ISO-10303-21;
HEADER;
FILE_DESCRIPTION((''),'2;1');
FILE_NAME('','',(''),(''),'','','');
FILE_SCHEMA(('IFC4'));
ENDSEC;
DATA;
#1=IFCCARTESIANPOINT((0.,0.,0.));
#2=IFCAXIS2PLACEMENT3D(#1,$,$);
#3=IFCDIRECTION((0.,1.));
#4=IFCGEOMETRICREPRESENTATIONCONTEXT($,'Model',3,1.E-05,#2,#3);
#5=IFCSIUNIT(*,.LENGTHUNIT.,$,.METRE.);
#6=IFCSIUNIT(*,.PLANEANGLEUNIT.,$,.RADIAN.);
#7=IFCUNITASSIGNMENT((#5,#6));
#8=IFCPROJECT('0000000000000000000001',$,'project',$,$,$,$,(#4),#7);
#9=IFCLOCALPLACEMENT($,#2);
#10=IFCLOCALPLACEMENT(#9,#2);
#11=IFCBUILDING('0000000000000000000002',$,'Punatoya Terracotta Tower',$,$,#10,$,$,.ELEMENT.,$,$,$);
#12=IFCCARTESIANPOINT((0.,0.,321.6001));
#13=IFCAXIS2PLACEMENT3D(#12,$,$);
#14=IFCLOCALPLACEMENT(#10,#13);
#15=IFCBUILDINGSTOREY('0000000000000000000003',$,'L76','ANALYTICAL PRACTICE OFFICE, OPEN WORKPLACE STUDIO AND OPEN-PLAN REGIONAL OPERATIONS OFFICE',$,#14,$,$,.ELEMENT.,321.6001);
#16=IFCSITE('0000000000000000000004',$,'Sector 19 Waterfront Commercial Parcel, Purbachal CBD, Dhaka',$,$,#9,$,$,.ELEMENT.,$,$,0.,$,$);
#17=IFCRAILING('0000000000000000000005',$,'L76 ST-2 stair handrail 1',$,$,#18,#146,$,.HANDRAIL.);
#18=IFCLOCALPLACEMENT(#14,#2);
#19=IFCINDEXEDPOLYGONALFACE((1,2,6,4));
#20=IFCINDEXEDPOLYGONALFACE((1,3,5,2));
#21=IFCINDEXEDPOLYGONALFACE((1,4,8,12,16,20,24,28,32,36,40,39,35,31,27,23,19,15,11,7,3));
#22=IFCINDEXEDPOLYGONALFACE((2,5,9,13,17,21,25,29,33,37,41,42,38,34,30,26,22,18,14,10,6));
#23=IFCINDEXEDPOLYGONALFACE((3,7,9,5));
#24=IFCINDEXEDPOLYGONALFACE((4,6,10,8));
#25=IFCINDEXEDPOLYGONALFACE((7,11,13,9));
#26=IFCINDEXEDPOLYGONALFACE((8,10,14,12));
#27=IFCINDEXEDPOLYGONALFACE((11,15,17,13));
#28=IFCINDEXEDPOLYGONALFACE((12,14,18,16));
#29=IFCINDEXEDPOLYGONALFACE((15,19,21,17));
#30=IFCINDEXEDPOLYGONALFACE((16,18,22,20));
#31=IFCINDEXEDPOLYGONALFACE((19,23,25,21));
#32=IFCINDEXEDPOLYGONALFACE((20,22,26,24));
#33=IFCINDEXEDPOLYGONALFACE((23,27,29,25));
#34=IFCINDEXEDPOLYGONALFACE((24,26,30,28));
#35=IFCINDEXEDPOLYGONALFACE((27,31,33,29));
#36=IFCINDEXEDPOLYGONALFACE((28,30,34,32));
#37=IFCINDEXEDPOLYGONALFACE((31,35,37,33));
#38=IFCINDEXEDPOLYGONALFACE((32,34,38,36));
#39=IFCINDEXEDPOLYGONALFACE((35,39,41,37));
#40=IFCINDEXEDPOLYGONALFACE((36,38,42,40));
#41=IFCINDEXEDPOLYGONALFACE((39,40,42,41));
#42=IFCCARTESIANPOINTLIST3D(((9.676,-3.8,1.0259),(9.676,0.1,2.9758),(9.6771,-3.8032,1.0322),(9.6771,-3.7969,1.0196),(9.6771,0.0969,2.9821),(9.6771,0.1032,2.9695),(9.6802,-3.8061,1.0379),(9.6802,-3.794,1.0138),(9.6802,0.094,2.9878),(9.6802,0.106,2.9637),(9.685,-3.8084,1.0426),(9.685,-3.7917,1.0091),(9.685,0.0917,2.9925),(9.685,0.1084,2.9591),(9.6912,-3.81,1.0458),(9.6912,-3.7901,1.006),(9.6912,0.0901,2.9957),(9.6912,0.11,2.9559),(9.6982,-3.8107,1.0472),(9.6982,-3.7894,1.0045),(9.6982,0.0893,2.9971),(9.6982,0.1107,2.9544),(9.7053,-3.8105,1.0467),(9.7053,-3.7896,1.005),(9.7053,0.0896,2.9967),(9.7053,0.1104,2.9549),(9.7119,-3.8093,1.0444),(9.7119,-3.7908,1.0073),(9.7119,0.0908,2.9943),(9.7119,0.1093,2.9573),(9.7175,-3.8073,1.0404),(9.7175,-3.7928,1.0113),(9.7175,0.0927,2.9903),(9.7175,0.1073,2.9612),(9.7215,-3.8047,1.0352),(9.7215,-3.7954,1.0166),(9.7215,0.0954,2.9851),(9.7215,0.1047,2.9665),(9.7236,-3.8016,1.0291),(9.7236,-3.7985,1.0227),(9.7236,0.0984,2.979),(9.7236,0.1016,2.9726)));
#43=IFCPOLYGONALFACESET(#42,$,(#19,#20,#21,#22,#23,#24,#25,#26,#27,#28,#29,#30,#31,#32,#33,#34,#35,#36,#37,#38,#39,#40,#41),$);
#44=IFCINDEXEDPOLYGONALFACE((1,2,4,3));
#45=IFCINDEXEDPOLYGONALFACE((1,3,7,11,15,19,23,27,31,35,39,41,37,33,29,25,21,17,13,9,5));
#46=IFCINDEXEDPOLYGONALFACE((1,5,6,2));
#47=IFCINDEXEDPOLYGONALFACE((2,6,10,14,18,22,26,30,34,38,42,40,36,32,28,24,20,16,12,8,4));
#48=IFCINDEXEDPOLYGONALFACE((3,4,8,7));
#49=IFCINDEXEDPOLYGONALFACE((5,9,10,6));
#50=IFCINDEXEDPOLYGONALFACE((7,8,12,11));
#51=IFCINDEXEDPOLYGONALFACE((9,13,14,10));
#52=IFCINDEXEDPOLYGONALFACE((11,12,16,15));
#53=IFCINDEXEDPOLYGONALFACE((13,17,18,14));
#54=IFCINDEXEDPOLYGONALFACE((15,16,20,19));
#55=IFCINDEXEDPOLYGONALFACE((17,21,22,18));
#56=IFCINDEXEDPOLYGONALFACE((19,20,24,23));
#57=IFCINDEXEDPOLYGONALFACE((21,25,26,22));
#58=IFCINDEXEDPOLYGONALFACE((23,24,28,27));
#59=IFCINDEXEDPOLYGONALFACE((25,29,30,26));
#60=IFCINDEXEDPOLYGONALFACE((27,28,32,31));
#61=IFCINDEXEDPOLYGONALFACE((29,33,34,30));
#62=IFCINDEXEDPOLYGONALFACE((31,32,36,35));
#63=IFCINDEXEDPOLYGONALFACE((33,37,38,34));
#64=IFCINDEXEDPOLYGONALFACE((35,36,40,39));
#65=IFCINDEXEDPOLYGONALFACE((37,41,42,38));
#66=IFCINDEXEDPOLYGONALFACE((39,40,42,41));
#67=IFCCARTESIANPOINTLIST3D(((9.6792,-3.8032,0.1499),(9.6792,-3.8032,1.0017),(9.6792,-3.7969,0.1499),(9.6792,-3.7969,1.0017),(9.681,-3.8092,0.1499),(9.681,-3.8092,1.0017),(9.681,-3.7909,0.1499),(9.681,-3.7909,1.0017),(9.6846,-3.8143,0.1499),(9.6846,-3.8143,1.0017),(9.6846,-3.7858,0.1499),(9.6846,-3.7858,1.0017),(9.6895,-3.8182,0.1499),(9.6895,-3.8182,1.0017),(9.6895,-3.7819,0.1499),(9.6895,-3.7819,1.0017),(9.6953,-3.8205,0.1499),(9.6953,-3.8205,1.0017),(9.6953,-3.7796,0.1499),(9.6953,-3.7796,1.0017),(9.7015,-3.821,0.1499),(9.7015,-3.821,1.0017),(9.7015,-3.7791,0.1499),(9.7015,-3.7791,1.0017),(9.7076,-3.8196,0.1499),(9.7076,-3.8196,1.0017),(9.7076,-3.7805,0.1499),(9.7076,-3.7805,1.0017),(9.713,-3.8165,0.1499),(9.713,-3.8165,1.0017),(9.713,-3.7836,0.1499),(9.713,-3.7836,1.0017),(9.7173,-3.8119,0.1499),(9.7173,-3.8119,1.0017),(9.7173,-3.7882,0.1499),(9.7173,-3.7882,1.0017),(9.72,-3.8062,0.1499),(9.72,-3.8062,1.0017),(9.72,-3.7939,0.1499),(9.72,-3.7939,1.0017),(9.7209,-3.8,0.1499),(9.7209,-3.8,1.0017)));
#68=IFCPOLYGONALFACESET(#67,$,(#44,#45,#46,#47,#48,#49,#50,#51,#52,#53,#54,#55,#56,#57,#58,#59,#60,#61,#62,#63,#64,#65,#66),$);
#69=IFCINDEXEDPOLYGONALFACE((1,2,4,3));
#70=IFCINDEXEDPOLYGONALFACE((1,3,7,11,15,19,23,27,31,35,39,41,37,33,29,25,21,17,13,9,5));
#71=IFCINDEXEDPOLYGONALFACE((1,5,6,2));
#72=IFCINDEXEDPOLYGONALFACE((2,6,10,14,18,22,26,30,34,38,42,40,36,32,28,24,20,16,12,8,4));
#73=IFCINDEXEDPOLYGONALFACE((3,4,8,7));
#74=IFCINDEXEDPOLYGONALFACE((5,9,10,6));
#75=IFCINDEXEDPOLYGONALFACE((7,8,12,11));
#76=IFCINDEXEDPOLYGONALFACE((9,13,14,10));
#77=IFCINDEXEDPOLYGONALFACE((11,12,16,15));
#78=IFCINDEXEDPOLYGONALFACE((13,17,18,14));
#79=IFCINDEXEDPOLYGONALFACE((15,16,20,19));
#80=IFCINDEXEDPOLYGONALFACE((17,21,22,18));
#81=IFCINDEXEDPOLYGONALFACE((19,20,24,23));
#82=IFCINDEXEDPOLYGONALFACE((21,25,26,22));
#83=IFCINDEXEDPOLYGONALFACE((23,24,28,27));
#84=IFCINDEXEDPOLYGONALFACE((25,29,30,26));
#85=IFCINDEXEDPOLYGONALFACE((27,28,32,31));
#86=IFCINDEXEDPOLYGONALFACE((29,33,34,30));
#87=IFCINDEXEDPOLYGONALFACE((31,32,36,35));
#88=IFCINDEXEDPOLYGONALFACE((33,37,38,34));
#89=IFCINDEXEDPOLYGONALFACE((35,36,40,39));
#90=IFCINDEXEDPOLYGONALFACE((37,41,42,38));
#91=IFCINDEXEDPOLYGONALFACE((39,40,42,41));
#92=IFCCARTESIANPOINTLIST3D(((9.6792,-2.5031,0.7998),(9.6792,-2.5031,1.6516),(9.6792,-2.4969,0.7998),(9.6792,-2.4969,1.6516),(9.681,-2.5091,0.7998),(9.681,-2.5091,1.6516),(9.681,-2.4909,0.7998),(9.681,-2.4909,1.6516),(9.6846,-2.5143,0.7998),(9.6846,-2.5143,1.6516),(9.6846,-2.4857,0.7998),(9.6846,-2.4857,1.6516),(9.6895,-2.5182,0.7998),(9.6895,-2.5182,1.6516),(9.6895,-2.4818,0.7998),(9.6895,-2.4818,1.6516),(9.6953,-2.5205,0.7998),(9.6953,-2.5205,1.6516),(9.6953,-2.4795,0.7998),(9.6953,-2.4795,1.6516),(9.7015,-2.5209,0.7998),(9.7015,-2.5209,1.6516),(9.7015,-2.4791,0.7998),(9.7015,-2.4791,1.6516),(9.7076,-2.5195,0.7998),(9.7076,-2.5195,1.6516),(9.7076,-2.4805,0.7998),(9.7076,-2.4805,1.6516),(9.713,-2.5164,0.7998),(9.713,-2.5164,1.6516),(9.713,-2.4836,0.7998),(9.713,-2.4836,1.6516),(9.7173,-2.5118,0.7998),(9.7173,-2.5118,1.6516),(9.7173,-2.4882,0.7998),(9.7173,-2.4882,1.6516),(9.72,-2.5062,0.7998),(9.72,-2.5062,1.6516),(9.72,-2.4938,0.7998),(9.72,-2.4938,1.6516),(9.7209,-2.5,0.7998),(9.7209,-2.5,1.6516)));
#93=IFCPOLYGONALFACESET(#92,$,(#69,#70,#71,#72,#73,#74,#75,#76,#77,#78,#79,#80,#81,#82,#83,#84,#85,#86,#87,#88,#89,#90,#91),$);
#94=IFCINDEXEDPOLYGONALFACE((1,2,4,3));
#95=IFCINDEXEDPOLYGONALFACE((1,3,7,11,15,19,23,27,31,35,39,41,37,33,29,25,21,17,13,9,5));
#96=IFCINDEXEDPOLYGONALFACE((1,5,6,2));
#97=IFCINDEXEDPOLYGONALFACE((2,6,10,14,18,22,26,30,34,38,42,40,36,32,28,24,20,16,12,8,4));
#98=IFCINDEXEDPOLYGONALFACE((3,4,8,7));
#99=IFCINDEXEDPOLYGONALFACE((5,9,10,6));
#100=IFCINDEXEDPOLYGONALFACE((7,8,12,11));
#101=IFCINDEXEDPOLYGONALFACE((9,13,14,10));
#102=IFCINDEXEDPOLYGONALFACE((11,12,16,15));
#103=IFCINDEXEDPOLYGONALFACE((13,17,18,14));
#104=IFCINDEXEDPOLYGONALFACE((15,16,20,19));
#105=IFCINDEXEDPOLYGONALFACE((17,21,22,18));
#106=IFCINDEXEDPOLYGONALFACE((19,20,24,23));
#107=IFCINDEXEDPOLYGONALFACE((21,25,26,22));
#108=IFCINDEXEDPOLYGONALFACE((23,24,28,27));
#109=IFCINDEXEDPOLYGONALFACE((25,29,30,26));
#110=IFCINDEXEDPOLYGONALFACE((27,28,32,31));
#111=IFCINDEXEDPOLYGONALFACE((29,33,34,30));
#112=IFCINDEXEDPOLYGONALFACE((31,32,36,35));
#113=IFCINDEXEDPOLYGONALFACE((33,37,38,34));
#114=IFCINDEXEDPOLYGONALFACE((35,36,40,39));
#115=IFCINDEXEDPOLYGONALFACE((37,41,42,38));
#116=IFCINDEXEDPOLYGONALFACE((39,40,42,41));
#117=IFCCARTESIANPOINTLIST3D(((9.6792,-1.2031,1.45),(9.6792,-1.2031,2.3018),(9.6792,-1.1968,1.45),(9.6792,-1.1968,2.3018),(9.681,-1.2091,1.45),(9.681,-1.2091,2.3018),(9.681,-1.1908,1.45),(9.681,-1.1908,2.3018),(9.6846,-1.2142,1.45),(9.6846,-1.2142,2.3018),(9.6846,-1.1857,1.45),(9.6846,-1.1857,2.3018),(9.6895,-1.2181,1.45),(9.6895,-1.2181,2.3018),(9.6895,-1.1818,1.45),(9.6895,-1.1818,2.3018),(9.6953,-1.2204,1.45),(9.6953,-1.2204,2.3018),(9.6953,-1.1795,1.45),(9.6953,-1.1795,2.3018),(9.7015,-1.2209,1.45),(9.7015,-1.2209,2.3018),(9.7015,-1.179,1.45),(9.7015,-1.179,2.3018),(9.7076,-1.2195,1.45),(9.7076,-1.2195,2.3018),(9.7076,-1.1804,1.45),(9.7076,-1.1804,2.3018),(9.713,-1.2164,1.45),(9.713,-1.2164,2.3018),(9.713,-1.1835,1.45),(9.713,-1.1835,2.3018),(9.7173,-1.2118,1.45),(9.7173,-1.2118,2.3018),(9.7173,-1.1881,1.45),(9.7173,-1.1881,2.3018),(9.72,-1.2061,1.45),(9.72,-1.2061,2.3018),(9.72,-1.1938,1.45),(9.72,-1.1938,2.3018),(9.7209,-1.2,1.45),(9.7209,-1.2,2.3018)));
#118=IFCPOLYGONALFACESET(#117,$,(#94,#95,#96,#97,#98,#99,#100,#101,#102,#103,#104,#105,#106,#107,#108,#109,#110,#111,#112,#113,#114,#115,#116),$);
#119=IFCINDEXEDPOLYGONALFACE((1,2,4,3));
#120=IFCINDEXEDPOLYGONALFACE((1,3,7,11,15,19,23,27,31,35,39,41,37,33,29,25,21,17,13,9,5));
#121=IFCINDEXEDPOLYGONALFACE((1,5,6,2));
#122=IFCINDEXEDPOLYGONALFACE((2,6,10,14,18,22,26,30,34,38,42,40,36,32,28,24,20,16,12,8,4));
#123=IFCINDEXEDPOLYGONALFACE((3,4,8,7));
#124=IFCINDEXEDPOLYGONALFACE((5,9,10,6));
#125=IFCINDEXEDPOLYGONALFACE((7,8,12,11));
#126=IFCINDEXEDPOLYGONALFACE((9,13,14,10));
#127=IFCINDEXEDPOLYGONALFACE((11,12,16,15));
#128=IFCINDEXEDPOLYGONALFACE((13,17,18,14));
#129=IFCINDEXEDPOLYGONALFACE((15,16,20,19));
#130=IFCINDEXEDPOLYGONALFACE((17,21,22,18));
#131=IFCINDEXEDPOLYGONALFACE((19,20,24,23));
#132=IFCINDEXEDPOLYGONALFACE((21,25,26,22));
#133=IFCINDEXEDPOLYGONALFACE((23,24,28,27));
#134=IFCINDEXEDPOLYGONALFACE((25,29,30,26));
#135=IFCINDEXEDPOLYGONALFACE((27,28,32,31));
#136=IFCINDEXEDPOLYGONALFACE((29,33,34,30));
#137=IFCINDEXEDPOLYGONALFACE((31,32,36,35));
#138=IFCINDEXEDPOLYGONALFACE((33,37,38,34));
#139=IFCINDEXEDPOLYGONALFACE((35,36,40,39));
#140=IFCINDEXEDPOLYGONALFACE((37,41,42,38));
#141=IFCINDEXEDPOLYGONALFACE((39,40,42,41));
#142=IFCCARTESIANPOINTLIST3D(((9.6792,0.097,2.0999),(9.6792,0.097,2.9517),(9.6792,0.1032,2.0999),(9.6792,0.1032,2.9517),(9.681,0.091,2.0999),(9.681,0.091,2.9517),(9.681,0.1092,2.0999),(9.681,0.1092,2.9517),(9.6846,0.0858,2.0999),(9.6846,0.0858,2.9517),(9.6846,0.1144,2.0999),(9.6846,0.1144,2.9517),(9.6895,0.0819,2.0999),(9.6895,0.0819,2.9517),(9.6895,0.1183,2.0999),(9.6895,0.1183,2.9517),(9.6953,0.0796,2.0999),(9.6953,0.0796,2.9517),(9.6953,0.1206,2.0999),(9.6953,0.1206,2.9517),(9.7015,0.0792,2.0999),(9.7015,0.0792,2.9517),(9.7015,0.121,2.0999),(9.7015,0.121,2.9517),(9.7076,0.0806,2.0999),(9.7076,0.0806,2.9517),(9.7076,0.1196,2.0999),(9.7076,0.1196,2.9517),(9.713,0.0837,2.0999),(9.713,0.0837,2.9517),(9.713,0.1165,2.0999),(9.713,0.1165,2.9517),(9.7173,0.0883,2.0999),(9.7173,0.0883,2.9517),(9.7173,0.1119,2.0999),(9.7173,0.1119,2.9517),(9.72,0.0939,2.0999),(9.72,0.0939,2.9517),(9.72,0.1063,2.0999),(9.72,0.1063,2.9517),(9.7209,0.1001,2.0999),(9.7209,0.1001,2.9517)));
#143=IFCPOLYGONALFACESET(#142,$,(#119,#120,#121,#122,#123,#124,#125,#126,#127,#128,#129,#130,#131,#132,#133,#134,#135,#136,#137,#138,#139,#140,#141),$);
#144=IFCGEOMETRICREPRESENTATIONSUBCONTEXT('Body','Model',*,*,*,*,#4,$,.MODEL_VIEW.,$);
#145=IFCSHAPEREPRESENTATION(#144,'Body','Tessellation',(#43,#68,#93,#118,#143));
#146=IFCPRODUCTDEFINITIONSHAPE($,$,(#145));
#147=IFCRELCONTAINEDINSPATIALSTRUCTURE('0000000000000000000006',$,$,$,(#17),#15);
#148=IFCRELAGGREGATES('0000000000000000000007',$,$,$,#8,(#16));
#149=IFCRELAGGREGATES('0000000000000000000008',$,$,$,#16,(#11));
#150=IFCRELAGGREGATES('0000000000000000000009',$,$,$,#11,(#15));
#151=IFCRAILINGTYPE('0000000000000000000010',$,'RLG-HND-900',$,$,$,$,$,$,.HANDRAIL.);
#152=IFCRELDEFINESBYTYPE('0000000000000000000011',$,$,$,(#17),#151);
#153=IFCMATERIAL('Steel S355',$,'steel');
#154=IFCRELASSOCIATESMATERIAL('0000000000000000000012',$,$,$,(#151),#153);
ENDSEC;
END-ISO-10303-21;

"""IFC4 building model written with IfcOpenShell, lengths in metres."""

from ifc_helpers import new_model, si_unit, direction, frame, origin, origin_2d, place, context, subcontext, project, spatial, circle, extrude, material, type_object, element, save


model = new_model("IFC4")

# Units and contexts
model_context = context("Model", 3, precision=1e-05, world=origin(), true_north=direction((0.0, 1.0)))
body_context = subcontext(model_context, "Body", "Model", "MODEL_VIEW")
ifc_project = project(units=[si_unit("LENGTHUNIT", "METRE"), si_unit("PLANEANGLEUNIT", "RADIAN")], contexts=[model_context])

# Site, building, storey
site_placement = place(None, origin())
site = spatial("IfcSite", under=ifc_project, at=site_placement, Name="Sector 19 Waterfront Commercial Parcel, Purbachal CBD, Dhaka", CompositionType="ELEMENT", RefElevation=0.0)
building_placement = place(site_placement, origin())
building = spatial("IfcBuilding", under=site, at=building_placement, Name="Punatoya Terracotta Tower", CompositionType="ELEMENT")
storey_placement = place(building_placement, frame((0.0, 0.0, 321.6001)))
storey = spatial("IfcBuildingStorey", under=building, at=storey_placement, Name="L76", Description="ANALYTICAL PRACTICE OFFICE, OPEN WORKPLACE STUDIO AND OPEN-PLAN REGIONAL OPERATIONS OFFICE", CompositionType="ELEMENT", Elevation=321.6001)

# Shared definitions
ifc_material_1 = material(Name="Steel S355", Category="steel")

# Railing
railing_type = type_object("IfcRailingType", Name="RLG-HND-900", PredefinedType="HANDRAIL", material=ifc_material_1)
railing_placement = place(storey_placement, frame((9.7, -3.8, 0.1499)))
element("IfcRailing", 1, at=railing_placement, inside=storey, type_object=railing_type, Name="L76 ST-2 stair handrail 1", PredefinedType="HANDRAIL", context=body_context, shape_type="SweptSolid", body=[
    extrude(circle(Radius=0.0239, at=origin_2d()), frame((0.0, 0.0, 0.876), z_axis=(0.0, 0.894438, 0.447191), x_axis=(-1.0, 0.0, 0.0)), (0.0, 0.0, 1.0), 4.3604),
    extrude(circle(Radius=0.021, at=origin_2d()), origin(), (0.0, 0.0, 1.0), 0.8518),
    extrude(circle(Radius=0.021, at=origin_2d()), frame((0.0, 1.3, 0.6499)), (0.0, 0.0, 1.0), 0.8518),
    extrude(circle(Radius=0.021, at=origin_2d()), frame((0.0, 2.6001, 1.3)), (0.0, 0.0, 1.0), 0.8518),
    extrude(circle(Radius=0.021, at=origin_2d()), frame((0.0, 3.9001, 1.95)), (0.0, 0.0, 1.0), 0.8518),
])

save(model, "model.ifc")
